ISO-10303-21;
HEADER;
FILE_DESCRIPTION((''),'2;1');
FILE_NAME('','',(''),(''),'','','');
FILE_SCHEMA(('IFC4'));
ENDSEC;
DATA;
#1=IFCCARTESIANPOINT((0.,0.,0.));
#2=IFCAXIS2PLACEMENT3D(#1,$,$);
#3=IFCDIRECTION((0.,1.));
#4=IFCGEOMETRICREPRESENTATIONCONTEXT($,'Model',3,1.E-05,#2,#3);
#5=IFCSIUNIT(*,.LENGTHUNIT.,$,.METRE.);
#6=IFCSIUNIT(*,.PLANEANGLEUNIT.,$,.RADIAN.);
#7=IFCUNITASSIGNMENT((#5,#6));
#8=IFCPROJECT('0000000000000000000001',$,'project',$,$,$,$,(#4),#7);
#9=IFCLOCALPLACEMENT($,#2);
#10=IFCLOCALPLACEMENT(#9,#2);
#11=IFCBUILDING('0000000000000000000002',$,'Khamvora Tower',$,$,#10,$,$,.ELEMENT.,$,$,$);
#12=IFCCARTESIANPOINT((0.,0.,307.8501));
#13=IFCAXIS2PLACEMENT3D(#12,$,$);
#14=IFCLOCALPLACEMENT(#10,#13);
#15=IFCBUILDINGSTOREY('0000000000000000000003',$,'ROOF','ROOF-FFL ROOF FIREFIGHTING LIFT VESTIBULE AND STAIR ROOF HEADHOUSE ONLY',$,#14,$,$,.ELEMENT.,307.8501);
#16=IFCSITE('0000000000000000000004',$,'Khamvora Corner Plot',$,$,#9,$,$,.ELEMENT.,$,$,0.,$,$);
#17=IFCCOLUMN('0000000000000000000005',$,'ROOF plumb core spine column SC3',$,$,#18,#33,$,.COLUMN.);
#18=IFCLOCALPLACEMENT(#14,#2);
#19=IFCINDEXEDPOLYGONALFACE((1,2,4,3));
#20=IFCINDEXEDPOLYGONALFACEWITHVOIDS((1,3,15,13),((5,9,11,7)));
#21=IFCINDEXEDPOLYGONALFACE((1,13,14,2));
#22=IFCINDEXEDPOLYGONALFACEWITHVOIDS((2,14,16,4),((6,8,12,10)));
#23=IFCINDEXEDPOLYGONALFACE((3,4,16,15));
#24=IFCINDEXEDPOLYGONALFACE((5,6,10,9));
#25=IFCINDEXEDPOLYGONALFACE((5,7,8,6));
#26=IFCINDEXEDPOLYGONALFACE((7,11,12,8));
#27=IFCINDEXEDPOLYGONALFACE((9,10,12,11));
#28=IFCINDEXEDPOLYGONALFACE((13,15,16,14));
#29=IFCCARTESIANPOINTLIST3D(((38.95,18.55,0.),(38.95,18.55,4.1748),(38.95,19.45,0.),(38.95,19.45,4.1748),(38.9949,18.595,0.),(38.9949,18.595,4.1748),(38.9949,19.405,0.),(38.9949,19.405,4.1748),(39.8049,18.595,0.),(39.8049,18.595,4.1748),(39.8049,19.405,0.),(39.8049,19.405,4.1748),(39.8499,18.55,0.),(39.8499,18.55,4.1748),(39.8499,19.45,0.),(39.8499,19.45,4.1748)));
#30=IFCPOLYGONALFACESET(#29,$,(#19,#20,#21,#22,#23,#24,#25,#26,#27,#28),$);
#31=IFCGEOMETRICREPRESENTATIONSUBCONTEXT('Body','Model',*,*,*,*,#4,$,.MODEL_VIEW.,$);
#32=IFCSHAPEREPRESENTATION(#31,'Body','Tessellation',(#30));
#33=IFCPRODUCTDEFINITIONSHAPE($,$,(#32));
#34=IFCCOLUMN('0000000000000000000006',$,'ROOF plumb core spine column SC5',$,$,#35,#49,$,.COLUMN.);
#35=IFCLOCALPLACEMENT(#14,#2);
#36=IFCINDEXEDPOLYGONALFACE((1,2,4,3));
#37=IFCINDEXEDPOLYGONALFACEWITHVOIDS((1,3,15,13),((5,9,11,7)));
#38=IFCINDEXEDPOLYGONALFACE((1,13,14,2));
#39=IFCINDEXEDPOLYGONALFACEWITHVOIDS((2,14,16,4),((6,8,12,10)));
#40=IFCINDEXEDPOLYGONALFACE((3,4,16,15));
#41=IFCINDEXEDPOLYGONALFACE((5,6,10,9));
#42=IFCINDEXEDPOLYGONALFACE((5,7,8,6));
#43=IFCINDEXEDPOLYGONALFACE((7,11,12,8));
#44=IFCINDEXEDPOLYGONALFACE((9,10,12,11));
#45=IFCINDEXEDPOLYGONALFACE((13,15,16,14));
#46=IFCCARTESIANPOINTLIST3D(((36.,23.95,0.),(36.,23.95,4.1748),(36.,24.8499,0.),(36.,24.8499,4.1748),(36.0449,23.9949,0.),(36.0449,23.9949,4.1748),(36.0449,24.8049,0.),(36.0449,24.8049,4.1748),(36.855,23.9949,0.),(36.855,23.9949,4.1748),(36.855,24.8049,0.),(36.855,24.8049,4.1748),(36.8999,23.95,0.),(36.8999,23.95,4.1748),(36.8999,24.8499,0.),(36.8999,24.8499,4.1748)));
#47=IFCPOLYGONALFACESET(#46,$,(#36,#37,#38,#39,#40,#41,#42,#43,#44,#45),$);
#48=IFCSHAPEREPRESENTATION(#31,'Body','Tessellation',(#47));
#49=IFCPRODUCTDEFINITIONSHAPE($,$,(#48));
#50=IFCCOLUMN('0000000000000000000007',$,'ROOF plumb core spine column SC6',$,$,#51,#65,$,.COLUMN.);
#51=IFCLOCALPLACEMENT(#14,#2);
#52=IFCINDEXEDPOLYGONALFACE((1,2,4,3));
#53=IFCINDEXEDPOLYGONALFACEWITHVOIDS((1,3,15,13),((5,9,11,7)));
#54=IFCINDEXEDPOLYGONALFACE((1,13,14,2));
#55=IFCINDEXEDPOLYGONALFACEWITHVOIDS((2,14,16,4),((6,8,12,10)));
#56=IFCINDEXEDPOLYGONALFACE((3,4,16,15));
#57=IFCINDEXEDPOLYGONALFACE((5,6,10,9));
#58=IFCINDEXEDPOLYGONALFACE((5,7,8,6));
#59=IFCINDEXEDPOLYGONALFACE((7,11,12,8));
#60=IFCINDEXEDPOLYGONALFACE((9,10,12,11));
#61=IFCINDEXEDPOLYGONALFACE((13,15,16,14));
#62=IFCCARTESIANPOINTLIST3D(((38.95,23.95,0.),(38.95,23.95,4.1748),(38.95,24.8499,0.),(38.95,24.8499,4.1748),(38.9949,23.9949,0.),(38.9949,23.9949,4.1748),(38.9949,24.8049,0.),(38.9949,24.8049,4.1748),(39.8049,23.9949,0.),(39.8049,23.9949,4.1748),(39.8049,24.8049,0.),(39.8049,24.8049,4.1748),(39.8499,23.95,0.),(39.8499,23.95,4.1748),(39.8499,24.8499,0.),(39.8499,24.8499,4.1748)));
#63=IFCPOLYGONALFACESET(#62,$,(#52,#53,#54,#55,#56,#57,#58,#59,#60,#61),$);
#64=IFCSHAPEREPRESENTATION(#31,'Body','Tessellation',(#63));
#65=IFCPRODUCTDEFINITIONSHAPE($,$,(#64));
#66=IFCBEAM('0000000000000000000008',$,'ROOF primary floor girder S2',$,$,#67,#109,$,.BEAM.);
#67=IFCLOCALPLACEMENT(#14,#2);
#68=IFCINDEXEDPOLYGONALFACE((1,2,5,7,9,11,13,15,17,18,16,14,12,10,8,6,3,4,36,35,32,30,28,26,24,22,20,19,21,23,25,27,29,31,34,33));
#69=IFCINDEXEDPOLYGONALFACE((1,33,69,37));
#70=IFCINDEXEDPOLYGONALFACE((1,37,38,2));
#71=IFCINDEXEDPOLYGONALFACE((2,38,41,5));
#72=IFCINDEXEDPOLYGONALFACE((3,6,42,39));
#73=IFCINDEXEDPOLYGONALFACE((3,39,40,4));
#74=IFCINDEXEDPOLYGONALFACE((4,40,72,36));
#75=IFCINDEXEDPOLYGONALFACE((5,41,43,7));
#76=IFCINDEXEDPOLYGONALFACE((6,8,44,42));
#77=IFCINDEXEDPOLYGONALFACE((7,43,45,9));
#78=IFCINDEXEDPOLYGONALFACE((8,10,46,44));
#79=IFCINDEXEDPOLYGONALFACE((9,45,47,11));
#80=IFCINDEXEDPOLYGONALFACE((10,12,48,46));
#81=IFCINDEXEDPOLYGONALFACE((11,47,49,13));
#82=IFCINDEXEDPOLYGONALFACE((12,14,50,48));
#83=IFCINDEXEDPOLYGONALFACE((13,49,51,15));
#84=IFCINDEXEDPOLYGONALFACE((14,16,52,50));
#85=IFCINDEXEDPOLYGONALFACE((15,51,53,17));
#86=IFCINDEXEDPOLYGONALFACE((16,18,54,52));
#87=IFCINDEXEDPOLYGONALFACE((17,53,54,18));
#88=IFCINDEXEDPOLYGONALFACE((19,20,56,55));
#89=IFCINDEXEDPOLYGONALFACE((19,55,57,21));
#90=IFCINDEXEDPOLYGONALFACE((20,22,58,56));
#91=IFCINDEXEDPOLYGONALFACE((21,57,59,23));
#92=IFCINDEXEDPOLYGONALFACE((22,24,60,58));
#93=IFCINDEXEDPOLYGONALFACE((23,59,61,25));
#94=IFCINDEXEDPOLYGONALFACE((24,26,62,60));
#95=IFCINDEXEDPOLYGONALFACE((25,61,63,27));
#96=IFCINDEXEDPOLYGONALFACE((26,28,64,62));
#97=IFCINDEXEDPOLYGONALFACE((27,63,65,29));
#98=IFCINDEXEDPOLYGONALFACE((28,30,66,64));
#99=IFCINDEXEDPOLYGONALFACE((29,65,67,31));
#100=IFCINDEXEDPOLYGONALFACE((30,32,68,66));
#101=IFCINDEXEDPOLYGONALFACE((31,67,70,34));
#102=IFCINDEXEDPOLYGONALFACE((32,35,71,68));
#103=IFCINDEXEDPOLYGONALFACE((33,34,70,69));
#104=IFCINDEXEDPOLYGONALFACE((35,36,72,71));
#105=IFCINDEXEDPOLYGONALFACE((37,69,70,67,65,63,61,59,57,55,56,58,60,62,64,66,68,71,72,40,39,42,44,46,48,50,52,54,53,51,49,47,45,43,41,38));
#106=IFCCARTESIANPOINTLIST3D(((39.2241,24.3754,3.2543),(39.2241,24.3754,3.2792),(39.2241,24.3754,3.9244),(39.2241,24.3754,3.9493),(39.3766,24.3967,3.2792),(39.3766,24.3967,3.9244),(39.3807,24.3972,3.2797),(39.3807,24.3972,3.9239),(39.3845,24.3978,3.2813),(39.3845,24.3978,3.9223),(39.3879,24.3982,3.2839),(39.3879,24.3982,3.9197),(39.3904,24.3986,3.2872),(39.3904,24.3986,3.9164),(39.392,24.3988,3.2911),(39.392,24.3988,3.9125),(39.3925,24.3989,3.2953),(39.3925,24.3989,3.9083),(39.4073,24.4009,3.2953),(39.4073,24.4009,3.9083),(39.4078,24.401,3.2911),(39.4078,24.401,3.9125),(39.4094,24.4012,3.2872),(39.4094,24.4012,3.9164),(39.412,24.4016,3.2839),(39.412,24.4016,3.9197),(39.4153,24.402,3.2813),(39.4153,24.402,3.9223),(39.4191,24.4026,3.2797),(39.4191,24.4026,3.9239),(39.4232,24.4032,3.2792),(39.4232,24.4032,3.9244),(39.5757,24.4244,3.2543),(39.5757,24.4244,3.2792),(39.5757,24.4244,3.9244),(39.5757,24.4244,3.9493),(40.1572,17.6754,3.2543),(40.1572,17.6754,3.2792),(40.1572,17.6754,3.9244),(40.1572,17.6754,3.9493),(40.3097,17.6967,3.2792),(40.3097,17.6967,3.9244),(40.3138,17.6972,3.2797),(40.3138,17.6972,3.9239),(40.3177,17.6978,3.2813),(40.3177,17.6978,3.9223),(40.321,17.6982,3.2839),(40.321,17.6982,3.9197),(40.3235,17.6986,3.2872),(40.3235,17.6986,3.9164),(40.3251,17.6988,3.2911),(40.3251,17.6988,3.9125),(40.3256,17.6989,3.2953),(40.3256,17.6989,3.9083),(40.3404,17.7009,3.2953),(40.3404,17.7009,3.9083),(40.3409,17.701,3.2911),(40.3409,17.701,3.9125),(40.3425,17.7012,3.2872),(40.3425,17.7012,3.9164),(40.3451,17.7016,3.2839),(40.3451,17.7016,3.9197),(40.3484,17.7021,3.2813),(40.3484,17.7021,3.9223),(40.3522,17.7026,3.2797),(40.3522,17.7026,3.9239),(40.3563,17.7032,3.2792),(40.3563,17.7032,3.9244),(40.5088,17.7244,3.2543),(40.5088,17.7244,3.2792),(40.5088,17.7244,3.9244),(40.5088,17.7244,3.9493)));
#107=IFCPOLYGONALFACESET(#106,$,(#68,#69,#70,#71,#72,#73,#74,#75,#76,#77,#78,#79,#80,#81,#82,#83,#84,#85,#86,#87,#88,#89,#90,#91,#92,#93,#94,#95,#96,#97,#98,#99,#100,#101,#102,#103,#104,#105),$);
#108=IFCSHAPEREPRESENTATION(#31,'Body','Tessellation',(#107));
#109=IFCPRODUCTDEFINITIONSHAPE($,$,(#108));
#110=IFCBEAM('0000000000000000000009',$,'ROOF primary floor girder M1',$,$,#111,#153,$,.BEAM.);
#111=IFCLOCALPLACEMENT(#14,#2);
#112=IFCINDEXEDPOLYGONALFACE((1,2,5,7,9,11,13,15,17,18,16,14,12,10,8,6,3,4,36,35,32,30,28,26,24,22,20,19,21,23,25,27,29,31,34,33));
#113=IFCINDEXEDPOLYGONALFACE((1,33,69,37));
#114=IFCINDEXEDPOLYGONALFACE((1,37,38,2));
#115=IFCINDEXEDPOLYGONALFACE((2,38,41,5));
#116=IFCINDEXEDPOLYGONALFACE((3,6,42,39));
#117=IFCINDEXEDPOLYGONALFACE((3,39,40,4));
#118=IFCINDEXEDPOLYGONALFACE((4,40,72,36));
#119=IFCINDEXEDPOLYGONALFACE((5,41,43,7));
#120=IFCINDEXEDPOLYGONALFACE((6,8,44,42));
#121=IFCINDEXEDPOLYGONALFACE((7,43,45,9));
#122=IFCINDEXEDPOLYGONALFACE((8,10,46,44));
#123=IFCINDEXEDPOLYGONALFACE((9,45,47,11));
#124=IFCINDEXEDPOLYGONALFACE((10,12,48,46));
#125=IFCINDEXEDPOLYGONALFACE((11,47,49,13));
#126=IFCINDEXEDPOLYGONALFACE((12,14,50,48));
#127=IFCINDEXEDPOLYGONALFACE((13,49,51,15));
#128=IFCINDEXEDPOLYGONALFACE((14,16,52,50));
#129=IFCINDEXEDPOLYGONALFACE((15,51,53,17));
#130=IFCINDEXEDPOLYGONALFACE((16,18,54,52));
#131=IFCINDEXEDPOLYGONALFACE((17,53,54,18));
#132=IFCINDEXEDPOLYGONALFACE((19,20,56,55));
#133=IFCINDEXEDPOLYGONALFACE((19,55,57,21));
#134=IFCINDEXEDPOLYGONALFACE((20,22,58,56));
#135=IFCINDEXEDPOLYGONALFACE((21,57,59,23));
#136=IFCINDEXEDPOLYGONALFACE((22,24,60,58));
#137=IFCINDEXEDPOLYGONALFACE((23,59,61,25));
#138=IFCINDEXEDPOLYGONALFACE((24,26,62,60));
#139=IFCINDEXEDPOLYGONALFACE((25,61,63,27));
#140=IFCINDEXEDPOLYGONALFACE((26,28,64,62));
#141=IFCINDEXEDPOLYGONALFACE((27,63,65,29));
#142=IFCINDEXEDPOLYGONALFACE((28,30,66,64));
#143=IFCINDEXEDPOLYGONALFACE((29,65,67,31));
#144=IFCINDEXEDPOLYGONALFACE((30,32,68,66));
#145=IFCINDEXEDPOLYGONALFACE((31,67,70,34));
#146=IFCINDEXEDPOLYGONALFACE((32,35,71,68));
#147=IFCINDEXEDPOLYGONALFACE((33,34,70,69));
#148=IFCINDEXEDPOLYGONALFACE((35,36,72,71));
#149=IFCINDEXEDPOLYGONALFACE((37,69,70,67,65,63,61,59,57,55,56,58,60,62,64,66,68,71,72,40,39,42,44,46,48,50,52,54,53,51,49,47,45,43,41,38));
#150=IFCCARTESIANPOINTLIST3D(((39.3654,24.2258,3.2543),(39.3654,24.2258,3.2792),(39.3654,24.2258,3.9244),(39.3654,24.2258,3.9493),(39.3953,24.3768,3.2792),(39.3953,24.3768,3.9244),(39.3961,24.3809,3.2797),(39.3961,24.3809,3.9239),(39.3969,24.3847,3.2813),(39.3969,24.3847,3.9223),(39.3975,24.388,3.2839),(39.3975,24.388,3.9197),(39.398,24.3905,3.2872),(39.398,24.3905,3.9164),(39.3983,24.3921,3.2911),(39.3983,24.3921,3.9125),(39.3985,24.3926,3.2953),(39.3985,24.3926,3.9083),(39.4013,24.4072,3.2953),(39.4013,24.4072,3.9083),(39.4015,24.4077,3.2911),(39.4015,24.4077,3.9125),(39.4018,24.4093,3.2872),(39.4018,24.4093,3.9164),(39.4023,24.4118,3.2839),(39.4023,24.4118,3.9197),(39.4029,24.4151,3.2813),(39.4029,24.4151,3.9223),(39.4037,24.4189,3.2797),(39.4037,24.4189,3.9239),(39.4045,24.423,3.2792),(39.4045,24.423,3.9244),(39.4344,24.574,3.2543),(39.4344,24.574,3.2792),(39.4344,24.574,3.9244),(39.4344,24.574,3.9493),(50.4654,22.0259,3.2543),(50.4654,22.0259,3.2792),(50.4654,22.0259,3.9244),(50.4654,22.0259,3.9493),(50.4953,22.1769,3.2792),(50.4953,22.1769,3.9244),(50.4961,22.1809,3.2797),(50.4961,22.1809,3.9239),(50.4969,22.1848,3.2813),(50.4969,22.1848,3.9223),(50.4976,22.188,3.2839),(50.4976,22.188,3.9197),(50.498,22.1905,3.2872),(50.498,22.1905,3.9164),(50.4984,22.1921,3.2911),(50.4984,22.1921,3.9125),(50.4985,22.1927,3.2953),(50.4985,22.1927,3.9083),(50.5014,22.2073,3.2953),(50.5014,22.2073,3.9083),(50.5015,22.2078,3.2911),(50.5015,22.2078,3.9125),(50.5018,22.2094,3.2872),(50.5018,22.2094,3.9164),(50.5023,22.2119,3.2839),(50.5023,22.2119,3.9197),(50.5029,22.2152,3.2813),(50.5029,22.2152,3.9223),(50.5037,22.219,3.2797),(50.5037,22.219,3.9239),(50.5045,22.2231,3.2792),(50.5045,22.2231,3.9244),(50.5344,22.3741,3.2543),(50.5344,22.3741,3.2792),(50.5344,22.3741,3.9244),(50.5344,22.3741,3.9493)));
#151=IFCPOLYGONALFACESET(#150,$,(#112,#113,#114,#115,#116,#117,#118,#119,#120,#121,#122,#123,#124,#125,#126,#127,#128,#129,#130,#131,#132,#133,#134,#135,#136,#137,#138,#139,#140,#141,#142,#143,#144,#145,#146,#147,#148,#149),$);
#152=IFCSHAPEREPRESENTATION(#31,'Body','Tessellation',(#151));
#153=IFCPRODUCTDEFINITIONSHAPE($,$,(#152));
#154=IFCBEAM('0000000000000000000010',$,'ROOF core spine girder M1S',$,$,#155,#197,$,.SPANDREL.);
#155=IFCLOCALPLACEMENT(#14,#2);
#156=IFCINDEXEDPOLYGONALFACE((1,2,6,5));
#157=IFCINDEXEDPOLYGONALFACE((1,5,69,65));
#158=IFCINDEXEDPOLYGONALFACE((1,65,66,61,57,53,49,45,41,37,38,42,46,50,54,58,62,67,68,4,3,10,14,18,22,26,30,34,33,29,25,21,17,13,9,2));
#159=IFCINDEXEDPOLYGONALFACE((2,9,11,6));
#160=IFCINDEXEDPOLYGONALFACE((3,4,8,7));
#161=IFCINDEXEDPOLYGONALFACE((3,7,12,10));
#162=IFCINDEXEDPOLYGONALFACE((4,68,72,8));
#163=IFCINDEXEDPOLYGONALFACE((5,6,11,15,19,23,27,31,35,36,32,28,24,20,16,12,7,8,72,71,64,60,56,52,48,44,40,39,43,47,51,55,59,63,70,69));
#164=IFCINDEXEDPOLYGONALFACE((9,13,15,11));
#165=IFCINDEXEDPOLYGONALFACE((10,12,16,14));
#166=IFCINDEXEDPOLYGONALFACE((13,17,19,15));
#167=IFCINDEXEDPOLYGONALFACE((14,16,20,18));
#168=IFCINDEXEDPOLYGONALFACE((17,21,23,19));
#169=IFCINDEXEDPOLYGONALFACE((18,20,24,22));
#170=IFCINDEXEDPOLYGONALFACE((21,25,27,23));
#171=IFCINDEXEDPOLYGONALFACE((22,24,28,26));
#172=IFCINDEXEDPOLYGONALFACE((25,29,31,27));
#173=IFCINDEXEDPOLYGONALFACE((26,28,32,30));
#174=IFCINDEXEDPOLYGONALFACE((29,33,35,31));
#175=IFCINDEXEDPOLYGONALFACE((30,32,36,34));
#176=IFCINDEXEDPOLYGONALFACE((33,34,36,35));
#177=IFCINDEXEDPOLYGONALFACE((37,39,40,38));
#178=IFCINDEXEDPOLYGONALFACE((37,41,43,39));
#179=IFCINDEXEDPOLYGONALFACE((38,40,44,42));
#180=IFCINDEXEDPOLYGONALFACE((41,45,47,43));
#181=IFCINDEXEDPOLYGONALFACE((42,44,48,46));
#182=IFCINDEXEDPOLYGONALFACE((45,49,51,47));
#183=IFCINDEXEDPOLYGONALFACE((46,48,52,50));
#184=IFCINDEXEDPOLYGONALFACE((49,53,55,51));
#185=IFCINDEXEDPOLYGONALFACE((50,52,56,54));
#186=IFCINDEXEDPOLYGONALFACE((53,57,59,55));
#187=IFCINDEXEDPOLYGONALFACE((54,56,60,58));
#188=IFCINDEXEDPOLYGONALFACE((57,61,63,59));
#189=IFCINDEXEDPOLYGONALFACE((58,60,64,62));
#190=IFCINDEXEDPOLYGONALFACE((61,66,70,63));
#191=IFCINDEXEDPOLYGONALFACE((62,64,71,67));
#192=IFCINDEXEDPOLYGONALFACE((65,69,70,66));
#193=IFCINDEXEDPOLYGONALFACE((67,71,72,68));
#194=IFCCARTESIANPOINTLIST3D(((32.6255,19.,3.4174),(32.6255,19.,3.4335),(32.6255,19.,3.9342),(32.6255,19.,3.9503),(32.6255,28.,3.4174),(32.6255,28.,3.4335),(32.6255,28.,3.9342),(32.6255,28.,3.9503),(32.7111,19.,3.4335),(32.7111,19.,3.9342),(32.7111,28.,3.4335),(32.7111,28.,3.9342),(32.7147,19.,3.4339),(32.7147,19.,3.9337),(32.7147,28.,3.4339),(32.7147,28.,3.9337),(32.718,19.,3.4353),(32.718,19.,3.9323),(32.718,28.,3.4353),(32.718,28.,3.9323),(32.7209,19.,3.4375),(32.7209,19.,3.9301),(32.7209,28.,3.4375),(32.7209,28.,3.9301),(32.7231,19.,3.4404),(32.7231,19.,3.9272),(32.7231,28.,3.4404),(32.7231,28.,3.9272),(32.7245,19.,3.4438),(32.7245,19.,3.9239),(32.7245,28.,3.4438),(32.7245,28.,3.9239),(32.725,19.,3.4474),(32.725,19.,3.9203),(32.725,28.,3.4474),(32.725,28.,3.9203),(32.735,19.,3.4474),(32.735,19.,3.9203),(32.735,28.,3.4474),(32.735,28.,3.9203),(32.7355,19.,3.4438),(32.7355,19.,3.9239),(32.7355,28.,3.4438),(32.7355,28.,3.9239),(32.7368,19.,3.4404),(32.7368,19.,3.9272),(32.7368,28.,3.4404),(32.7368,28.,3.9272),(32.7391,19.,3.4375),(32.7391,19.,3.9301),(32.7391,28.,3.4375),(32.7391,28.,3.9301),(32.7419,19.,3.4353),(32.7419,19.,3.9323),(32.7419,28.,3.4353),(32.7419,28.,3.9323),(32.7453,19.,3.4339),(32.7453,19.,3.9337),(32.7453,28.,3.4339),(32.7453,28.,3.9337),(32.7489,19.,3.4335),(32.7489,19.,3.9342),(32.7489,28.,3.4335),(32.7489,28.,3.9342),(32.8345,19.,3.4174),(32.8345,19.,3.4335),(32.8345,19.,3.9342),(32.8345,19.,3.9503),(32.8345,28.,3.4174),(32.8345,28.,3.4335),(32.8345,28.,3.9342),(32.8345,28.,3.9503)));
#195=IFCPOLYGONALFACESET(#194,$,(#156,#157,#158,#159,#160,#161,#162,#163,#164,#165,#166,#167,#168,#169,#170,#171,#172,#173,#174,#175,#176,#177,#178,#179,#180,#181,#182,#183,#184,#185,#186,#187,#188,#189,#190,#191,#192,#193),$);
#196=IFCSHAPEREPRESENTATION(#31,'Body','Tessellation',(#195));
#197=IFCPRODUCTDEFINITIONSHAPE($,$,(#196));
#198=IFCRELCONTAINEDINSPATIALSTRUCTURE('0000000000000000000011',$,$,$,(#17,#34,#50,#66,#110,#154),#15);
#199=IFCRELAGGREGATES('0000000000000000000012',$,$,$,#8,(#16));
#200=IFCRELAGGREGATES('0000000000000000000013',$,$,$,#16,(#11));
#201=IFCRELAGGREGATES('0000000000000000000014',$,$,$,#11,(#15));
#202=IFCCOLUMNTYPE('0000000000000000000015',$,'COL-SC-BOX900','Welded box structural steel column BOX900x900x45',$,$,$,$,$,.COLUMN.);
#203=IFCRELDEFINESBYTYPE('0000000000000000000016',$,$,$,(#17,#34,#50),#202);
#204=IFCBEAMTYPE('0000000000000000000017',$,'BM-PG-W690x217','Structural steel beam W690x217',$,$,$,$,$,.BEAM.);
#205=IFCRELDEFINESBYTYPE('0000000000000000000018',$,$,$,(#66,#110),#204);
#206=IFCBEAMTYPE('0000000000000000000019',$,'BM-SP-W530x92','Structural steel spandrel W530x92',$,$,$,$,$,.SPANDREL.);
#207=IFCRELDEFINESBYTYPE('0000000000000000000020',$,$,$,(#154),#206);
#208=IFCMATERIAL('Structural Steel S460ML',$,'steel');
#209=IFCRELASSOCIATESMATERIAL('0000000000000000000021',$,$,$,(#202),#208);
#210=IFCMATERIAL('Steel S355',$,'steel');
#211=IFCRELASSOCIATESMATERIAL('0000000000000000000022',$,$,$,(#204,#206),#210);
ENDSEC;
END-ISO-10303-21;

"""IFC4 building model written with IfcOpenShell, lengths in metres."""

from ifc_helpers import new_model, si_unit, direction, frame, origin, origin_2d, place, context, subcontext, project, spatial, hollow_rectangle, i_section, extrude, material, material_profile, profile_set, type_object, element, save


model = new_model("IFC4")

# Units and contexts
model_context = context("Model", 3, precision=1e-05, world=origin(), true_north=direction((0.0, 1.0)))
body_context = subcontext(model_context, "Body", "Model", "MODEL_VIEW")
ifc_project = project(units=[si_unit("LENGTHUNIT", "METRE"), si_unit("PLANEANGLEUNIT", "RADIAN")], contexts=[model_context])

# Site, building, storey
site_placement = place(None, origin())
site = spatial("IfcSite", under=ifc_project, at=site_placement, Name="Khamvora Corner Plot", CompositionType="ELEMENT", RefElevation=0.0)
building_placement = place(site_placement, origin())
building = spatial("IfcBuilding", under=site, at=building_placement, Name="Khamvora Tower", CompositionType="ELEMENT")
storey_placement = place(building_placement, frame((0.0, 0.0, 307.8501)))
storey = spatial("IfcBuildingStorey", under=building, at=storey_placement, Name="ROOF", Description="ROOF-FFL ROOF FIREFIGHTING LIFT VESTIBULE AND STAIR ROOF HEADHOUSE ONLY", CompositionType="ELEMENT", Elevation=307.8501)

# Columns
ifc_material_1 = material(Name="Structural Steel S460ML", Category="steel")
ifc_material_profile_1 = material_profile(ifc_material_1, hollow_rectangle(XDim=0.8999, YDim=0.8999, WallThickness=0.0449, at=origin_2d()), Name="BOX900x900x45")
ifc_profile_set_1 = profile_set([ifc_material_profile_1], Name="Structural Steel S460ML")
column_type = type_object("IfcColumnType", Name="COL-SC-BOX900", Description="Welded box structural steel column BOX900x900x45", PredefinedType="COLUMN", material=ifc_profile_set_1)
for number, where, z_axis, x_axis, name in (
    (1, (39.3999, 19.0, 0.0), (0.0, 0.0, 1.0), (1.0, 0.0, 0.0), "ROOF plumb core spine column SC3"),
    (2, (36.45, 24.3999, 0.0), (0.0, 0.0, 1.0), (1.0, 0.0, 0.0), "ROOF plumb core spine column SC5"),
    (3, (39.3999, 24.3999, 0.0), (0.0, 0.0, 1.0), (1.0, 0.0, 0.0), "ROOF plumb core spine column SC6"),
):
    element("IfcColumn", number, at=place(storey_placement, frame(where, z_axis=z_axis, x_axis=x_axis)), inside=storey, type_object=column_type, Name=name, PredefinedType="COLUMN", context=body_context, shape_type="SweptSolid", body=[
        extrude(hollow_rectangle(XDim=0.8999, YDim=0.8999, WallThickness=0.0449, at=origin_2d()), origin(), (0.0, 0.0, 1.0), 4.1748),
    ])

# Beams
ifc_material_2 = material(Name="Steel S355", Category="steel")
ifc_material_profile_2 = material_profile(ifc_material_2, i_section(OverallWidth=0.355, OverallDepth=0.6951, WebThickness=0.0149, FlangeThickness=0.0249, FilletRadius=0.0161, at=origin_2d()), Name="W690x217")
ifc_profile_set_2 = profile_set([ifc_material_profile_2], Name="Steel S355")
beam_type_1 = type_object("IfcBeamType", Name="BM-PG-W690x217", Description="Structural steel beam W690x217", PredefinedType="BEAM", material=ifc_profile_set_2)
beam_1_placement = place(storey_placement, frame((39.3999, 24.3999, 3.6018), z_axis=(0.137939, -0.990441, 0.0), x_axis=(0.990441, 0.137939, 0.0)))
element("IfcBeam", 4, at=beam_1_placement, inside=storey, type_object=beam_type_1, Name="ROOF primary floor girder S2", PredefinedType="BEAM", context=body_context, shape_type="SweptSolid", body=[
    extrude(i_section(OverallWidth=0.355, OverallDepth=0.6951, WebThickness=0.0149, FlangeThickness=0.0249, FilletRadius=0.0161, at=origin_2d()), origin(), (0.0, 0.0, 1.0), 6.7646),
])
beam_2_placement = place(storey_placement, frame((39.3999, 24.3999, 3.6018), z_axis=(0.98092, -0.194411, 0.0), x_axis=(0.194411, 0.98092, 0.0)))
element("IfcBeam", 5, at=beam_2_placement, inside=storey, type_object=beam_type_1, Name="ROOF primary floor girder M1", PredefinedType="BEAM", context=body_context, shape_type="SweptSolid", body=[
    extrude(i_section(OverallWidth=0.355, OverallDepth=0.6951, WebThickness=0.0149, FlangeThickness=0.0249, FilletRadius=0.0161, at=origin_2d()), origin(), (0.0, 0.0, 1.0), 11.3159),
])
ifc_material_profile_3 = material_profile(ifc_material_2, i_section(OverallWidth=0.209, OverallDepth=0.533, WebThickness=0.01, FlangeThickness=0.0161, FilletRadius=0.0139, at=origin_2d()), Name="W530x92")
ifc_profile_set_3 = profile_set([ifc_material_profile_3], Name="Steel S355")
beam_type_2 = type_object("IfcBeamType", Name="BM-SP-W530x92", Description="Structural steel spandrel W530x92", PredefinedType="SPANDREL", material=ifc_profile_set_3)
beam_3_placement = place(storey_placement, frame((32.73, 19.0, 3.6838), z_axis=(0.0, 1.0, 0.0), x_axis=(-1.0, 0.0, 0.0)))
element("IfcBeam", 6, at=beam_3_placement, inside=storey, type_object=beam_type_2, Name="ROOF core spine girder M1S", PredefinedType="SPANDREL", context=body_context, shape_type="SweptSolid", body=[
    extrude(i_section(OverallWidth=0.209, OverallDepth=0.533, WebThickness=0.01, FlangeThickness=0.0161, FilletRadius=0.0139, at=origin_2d()), origin(), (0.0, 0.0, 1.0), 9.0),
])

save(model, "model.ifc")
